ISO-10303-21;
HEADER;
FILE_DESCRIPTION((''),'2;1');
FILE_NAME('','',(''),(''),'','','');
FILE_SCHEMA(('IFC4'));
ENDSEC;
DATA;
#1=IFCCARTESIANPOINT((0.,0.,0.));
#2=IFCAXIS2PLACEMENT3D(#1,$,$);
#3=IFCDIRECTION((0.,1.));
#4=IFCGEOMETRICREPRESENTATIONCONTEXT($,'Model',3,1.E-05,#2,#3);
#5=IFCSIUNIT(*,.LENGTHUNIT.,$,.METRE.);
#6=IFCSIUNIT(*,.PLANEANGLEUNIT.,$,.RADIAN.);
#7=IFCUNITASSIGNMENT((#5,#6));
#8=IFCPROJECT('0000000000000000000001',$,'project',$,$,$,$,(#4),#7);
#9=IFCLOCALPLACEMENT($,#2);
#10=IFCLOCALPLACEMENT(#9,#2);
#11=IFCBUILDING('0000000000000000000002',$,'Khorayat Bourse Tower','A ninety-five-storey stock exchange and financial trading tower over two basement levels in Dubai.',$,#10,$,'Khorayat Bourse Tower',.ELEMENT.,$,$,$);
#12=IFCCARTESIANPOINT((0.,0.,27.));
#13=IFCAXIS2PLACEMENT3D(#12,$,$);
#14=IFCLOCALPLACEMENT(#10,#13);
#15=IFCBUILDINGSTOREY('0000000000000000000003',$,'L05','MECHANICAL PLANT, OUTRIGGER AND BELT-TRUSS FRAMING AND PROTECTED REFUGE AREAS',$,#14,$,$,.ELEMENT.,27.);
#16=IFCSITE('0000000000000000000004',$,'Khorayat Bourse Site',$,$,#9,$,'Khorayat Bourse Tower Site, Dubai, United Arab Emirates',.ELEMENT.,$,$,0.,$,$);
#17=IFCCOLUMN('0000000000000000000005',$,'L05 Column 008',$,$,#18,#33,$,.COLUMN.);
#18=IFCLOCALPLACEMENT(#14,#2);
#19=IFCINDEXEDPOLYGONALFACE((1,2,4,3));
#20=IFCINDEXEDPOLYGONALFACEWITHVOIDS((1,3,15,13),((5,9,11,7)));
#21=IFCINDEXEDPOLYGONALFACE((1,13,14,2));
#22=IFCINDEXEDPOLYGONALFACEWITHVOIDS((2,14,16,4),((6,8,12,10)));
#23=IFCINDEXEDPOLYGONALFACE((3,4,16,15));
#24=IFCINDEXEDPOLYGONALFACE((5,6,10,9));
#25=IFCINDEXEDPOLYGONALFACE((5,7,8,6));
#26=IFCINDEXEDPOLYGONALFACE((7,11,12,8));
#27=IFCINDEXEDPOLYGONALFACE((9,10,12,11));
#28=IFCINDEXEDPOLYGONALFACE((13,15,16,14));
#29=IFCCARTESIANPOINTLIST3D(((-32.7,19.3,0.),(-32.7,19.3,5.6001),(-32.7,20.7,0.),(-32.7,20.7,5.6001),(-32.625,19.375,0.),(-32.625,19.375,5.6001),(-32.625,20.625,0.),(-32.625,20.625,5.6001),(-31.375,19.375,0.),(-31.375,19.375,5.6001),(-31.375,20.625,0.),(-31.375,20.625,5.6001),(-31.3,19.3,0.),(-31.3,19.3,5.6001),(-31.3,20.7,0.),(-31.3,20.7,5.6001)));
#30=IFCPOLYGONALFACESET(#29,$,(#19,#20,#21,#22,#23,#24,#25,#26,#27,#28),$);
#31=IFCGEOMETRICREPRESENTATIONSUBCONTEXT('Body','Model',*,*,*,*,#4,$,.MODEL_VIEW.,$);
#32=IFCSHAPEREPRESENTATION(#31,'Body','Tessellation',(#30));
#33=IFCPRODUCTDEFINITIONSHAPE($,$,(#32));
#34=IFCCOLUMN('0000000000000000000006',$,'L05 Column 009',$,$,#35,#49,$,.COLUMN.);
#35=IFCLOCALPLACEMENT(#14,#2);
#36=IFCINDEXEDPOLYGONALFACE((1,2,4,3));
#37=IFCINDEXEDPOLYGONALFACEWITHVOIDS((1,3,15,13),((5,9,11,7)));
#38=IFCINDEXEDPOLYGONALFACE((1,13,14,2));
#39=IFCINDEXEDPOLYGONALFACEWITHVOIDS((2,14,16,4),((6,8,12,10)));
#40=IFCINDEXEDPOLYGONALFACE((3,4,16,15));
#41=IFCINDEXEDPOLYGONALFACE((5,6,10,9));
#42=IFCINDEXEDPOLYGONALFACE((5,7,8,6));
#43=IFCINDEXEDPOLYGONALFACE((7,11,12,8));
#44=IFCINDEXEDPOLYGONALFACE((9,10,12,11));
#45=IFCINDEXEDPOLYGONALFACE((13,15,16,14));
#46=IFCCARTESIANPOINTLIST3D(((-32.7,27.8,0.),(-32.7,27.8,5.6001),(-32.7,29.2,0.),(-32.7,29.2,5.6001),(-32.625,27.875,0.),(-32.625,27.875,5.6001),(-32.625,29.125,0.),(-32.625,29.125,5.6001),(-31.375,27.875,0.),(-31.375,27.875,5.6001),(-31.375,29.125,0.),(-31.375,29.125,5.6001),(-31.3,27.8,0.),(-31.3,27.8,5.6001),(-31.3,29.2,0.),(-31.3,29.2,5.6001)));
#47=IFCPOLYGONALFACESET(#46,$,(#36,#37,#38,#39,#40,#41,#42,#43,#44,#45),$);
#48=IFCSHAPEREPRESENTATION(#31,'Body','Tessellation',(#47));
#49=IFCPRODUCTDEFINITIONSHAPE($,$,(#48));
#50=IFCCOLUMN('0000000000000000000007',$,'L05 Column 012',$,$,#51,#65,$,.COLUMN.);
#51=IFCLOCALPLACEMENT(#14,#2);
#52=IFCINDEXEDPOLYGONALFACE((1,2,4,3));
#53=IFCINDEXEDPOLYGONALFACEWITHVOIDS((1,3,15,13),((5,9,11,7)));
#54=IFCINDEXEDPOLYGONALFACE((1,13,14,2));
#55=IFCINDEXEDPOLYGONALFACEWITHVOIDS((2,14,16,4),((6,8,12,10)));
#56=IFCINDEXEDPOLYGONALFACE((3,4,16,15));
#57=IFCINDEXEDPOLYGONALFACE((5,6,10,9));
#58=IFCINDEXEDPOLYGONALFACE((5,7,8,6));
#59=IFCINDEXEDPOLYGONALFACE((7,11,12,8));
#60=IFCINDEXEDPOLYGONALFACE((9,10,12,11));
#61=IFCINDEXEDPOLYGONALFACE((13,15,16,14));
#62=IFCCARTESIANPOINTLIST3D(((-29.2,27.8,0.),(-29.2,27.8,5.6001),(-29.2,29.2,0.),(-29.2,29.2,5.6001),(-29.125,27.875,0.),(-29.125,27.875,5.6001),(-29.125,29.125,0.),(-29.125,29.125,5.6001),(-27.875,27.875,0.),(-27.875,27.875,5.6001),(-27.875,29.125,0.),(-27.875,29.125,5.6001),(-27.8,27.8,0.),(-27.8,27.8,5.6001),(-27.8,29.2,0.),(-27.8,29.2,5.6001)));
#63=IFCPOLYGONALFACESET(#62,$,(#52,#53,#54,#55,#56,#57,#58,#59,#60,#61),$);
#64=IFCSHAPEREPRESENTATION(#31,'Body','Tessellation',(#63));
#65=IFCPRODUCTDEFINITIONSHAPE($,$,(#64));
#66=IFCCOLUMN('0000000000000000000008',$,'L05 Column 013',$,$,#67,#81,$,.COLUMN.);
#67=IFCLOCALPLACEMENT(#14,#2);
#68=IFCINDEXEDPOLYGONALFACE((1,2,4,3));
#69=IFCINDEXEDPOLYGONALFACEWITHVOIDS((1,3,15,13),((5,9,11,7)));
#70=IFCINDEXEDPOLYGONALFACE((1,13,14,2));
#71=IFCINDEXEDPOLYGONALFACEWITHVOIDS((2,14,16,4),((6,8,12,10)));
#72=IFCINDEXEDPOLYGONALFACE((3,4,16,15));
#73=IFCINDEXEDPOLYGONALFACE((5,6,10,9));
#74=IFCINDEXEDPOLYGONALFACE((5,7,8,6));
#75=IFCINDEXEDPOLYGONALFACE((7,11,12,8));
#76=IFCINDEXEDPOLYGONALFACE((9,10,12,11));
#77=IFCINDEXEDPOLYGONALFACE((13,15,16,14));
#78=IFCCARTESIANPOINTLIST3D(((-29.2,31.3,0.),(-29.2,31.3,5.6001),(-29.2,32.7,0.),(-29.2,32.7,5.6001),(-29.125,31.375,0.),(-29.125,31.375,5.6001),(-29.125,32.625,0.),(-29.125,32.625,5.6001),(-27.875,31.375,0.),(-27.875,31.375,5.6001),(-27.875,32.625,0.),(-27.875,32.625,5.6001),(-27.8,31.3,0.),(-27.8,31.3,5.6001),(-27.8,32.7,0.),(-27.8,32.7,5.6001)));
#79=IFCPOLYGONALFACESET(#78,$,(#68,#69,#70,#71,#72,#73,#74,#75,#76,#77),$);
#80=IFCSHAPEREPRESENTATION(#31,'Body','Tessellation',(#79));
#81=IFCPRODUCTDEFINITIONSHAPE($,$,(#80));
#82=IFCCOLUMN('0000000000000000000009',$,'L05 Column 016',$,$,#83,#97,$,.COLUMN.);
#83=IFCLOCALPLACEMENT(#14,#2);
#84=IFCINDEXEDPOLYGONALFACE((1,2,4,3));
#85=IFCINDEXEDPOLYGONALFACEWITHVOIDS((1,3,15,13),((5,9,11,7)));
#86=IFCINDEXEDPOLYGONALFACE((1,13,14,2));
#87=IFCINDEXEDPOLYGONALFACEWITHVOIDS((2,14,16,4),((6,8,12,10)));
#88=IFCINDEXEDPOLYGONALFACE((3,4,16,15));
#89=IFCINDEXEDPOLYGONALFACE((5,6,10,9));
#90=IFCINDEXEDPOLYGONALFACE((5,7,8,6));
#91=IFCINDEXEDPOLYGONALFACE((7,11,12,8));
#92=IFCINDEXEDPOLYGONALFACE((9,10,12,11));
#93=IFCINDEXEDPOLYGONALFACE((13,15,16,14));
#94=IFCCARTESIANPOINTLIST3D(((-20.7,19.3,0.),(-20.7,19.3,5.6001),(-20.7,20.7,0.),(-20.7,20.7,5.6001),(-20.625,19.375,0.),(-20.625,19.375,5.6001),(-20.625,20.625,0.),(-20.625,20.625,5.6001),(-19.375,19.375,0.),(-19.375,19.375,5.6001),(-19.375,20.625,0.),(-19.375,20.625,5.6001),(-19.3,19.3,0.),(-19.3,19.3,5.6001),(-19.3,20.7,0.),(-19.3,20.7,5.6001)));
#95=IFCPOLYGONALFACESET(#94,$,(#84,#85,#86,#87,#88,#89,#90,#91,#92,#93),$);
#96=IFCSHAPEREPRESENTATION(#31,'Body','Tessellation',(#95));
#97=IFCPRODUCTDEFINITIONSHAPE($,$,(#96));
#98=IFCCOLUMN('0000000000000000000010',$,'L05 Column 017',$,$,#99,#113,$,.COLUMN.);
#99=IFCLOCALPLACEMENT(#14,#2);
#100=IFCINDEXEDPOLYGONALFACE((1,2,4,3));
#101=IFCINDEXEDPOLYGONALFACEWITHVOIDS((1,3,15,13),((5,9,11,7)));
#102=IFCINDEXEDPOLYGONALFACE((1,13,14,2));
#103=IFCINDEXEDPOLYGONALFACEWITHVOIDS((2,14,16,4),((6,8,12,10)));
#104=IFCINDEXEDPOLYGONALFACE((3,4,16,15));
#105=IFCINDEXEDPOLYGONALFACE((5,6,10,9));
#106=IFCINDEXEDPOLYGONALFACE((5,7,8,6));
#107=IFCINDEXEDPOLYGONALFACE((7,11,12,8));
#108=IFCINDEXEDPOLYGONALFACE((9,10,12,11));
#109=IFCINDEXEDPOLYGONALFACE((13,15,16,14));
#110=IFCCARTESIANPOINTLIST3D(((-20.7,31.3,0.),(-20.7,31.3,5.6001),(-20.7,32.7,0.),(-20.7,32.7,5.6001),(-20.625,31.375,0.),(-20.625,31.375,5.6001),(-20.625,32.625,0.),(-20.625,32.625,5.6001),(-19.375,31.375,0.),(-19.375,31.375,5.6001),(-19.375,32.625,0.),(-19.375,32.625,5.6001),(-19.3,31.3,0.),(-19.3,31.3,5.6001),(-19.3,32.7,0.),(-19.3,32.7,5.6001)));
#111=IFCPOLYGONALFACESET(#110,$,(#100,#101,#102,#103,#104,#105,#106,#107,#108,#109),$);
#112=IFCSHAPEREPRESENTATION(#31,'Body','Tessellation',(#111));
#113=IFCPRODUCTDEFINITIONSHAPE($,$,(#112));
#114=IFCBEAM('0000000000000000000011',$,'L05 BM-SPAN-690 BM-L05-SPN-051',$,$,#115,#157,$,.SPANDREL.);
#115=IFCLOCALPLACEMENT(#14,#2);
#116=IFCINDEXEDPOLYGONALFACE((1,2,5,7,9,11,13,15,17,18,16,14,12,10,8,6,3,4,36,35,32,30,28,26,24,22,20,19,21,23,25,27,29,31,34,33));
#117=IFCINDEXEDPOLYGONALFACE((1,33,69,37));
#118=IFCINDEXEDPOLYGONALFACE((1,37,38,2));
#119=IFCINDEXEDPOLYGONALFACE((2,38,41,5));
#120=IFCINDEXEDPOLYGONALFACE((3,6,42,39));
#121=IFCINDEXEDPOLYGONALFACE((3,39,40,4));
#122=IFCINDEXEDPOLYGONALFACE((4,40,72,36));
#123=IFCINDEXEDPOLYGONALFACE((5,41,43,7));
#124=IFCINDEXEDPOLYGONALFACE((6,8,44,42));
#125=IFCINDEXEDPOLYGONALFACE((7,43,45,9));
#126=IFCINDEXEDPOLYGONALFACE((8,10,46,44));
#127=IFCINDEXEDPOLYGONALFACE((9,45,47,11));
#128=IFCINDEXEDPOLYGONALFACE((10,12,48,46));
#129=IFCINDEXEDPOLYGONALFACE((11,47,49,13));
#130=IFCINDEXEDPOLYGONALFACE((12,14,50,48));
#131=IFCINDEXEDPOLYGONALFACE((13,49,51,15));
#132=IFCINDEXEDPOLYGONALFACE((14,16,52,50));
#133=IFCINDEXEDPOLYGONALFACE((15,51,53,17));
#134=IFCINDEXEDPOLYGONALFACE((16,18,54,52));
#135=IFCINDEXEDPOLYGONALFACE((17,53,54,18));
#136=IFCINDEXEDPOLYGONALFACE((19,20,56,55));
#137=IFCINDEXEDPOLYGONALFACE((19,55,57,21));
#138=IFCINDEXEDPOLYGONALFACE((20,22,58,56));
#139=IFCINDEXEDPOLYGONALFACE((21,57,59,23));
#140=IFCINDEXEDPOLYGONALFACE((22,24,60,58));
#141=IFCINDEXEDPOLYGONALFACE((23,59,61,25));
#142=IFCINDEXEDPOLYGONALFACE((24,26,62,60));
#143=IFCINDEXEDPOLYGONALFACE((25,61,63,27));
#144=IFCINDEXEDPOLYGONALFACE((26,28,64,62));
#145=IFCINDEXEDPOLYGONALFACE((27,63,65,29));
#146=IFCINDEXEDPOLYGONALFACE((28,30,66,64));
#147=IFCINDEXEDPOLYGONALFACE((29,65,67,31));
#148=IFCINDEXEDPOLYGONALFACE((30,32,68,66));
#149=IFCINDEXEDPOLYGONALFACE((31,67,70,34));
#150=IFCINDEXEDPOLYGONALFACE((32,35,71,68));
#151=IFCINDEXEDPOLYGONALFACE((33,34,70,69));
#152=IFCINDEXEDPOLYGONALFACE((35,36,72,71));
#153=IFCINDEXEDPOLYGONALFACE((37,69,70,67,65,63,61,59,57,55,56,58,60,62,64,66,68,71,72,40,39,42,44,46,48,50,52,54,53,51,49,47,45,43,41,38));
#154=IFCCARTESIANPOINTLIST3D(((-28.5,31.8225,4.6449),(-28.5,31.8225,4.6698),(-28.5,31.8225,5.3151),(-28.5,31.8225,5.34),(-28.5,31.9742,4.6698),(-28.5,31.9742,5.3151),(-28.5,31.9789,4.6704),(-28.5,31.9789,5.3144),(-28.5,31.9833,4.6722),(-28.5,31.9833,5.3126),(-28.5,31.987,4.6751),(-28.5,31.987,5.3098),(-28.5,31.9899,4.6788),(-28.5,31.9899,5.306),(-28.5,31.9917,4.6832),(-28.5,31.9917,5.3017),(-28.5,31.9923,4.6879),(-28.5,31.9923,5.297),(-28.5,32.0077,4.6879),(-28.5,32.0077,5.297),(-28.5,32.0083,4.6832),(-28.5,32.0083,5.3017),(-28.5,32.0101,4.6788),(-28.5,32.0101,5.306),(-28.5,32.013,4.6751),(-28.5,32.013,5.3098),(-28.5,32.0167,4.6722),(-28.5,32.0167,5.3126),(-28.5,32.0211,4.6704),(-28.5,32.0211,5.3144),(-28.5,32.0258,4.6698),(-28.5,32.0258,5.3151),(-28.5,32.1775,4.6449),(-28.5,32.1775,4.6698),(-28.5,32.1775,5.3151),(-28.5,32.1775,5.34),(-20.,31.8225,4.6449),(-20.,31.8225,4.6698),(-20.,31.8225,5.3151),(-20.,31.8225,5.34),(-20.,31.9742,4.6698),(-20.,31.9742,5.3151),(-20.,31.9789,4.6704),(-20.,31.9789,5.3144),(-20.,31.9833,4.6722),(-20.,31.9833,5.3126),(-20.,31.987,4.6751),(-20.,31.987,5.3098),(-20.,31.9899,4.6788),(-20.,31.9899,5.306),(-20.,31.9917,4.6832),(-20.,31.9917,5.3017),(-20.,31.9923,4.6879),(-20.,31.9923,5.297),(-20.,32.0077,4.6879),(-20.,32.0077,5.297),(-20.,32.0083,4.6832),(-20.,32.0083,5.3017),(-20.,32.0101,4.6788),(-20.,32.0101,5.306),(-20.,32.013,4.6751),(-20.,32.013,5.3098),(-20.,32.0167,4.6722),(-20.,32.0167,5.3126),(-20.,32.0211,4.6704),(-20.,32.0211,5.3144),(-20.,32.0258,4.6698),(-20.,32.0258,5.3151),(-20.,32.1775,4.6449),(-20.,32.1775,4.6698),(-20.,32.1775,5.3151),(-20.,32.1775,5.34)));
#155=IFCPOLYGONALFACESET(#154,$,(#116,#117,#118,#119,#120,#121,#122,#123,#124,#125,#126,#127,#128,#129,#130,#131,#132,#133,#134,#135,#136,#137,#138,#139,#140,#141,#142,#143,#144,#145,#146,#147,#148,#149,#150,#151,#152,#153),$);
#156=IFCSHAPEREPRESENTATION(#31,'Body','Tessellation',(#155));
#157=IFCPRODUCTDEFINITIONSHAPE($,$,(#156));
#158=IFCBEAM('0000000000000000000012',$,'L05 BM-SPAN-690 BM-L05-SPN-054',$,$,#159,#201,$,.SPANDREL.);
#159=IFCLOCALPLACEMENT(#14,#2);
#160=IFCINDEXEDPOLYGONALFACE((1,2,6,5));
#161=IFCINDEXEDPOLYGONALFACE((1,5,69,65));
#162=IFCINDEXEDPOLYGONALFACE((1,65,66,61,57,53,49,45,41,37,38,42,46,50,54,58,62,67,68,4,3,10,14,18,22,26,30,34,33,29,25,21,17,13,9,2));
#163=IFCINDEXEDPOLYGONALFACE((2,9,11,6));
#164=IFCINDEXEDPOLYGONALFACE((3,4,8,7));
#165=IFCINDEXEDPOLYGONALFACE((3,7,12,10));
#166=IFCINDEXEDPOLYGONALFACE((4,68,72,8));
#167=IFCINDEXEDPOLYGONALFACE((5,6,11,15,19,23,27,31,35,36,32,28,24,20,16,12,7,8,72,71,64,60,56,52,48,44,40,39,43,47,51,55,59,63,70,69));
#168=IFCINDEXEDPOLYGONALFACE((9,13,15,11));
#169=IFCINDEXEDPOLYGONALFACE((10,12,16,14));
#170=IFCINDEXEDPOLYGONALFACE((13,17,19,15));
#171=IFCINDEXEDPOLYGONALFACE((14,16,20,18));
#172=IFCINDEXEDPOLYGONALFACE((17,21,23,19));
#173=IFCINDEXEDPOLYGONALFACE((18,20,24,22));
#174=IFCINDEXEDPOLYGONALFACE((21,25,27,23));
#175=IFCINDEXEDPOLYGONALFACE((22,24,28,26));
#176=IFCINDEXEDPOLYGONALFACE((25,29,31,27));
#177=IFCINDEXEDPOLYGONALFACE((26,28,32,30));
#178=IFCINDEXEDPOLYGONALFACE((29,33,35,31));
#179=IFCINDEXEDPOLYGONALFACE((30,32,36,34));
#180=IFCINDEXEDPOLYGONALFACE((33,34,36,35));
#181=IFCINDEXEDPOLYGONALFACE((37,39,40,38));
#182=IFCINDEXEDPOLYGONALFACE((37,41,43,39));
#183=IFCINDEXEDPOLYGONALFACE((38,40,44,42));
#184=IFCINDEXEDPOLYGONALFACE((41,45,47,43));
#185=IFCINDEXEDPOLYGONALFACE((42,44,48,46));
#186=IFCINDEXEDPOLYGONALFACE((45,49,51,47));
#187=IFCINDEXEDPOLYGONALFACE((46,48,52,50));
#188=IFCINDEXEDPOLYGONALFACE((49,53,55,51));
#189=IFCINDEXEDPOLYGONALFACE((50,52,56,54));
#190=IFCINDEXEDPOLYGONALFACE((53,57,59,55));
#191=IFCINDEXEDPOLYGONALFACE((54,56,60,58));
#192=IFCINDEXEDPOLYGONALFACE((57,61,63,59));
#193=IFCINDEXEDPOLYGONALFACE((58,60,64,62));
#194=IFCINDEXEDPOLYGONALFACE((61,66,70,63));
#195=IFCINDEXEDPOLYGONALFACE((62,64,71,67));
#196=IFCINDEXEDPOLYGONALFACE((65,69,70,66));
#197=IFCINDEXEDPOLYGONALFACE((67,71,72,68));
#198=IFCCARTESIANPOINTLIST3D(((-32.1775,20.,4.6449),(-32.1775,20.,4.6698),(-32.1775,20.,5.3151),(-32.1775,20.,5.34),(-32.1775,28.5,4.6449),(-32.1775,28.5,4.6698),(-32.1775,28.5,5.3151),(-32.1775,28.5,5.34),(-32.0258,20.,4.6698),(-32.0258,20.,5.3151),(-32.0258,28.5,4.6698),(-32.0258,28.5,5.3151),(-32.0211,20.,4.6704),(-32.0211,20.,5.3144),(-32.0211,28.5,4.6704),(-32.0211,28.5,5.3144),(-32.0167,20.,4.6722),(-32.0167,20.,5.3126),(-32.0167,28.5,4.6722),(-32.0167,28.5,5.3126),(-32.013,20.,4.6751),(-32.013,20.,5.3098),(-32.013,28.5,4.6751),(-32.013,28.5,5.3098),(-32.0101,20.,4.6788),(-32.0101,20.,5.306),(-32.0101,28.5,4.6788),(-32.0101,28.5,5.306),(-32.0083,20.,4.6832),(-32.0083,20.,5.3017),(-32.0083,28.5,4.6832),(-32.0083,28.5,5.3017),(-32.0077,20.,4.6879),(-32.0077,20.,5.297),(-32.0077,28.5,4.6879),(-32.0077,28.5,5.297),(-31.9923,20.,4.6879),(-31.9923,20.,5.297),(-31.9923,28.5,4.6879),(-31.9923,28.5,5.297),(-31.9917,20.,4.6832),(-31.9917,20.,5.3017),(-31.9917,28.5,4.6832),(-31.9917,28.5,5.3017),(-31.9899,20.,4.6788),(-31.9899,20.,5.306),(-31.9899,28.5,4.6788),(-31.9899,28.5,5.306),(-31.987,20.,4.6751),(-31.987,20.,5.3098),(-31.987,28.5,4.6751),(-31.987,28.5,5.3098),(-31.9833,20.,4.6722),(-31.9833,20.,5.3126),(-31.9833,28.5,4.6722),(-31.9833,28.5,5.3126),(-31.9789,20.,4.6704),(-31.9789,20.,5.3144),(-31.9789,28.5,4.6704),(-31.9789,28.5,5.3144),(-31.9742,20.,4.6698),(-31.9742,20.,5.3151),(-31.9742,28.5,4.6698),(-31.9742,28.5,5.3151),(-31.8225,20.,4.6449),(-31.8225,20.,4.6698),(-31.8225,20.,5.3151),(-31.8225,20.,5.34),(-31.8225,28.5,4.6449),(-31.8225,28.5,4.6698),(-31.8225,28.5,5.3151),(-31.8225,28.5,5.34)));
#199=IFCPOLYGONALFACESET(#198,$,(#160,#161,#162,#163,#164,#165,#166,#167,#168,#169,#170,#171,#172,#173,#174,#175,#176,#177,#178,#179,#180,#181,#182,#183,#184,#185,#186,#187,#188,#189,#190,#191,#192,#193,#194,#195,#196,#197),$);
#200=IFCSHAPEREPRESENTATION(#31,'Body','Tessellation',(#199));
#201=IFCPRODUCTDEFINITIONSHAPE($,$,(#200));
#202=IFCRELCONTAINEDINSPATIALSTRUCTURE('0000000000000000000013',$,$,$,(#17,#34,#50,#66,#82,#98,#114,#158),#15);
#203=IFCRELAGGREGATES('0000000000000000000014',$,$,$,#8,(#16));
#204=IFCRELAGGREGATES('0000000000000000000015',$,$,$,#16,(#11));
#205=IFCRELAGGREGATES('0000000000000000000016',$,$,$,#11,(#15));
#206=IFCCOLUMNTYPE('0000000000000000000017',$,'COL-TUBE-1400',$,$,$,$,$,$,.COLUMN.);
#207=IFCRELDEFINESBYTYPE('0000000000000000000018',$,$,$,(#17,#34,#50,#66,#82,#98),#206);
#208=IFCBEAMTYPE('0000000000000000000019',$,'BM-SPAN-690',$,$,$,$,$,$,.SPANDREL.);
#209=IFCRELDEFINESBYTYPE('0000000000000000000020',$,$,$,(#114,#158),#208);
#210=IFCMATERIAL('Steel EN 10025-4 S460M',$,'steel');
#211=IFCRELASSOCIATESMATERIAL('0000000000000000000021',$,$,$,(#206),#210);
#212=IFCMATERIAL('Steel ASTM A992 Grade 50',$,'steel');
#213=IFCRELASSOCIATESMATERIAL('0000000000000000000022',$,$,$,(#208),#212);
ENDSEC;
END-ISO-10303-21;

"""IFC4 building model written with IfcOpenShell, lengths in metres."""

from ifc_helpers import new_model, si_unit, direction, frame, origin, origin_2d, place, context, subcontext, project, spatial, hollow_rectangle, i_section, extrude, source, transform, mapped, material, material_profile, profile_set, type_object, element, save


model = new_model("IFC4")

# Units and contexts
model_context = context("Model", 3, precision=1e-05, world=origin(), true_north=direction((0.0, 1.0)))
body_context = subcontext(model_context, "Body", "Model", "MODEL_VIEW")
ifc_project = project(units=[si_unit("LENGTHUNIT", "METRE"), si_unit("PLANEANGLEUNIT", "RADIAN")], contexts=[model_context])

# Site, building, storey
site_placement = place(None, origin())
site = spatial("IfcSite", under=ifc_project, at=site_placement, Name="Khorayat Bourse Site", LongName="Khorayat Bourse Tower Site, Dubai, United Arab Emirates", CompositionType="ELEMENT", RefElevation=0.0)
building_placement = place(site_placement, origin())
building = spatial("IfcBuilding", under=site, at=building_placement, Name="Khorayat Bourse Tower", Description="A ninety-five-storey stock exchange and financial trading tower over two basement levels in Dubai.", LongName="Khorayat Bourse Tower", CompositionType="ELEMENT")
storey_placement = place(building_placement, frame((0.0, 0.0, 27.0)))
storey = spatial("IfcBuildingStorey", under=building, at=storey_placement, Name="L05", Description="MECHANICAL PLANT, OUTRIGGER AND BELT-TRUSS FRAMING AND PROTECTED REFUGE AREAS", CompositionType="ELEMENT", Elevation=27.0)

# Columns
ifc_material_1 = material(Name="Steel EN 10025-4 S460M", Category="steel")
ifc_material_profile_1 = material_profile(ifc_material_1, hollow_rectangle(XDim=1.3999, YDim=1.3999, WallThickness=0.075, at=origin_2d()), Name="BOX 1400x1400x75")
ifc_profile_set_1 = profile_set([ifc_material_profile_1], Name="Steel EN 10025-4 S460M")
column_type = type_object("IfcColumnType", Name="COL-TUBE-1400", PredefinedType="COLUMN", material=ifc_profile_set_1)
shared_shape_1 = source(origin(), body_context, "Body", "SweptSolid", [
    extrude(hollow_rectangle(XDim=1.3999, YDim=1.3999, WallThickness=0.075, at=origin_2d()), origin(), (0.0, 0.0, 1.0), 5.6001),
])
for number, where, z_axis, x_axis, name in (
    (1, (-32.0, 20.0, 0.0), (0.0, 0.0, 1.0), (1.0, 0.0, 0.0), "L05 Column 008"),
    (2, (-32.0, 28.5, 0.0), (0.0, 0.0, 1.0), (1.0, 0.0, 0.0), "L05 Column 009"),
    (3, (-28.5, 28.5, 0.0), (0.0, 0.0, 1.0), (1.0, 0.0, 0.0), "L05 Column 012"),
    (4, (-28.5, 32.0, 0.0), (0.0, 0.0, 1.0), (1.0, 0.0, 0.0), "L05 Column 013"),
    (5, (-20.0, 20.0, 0.0), (0.0, 0.0, 1.0), (1.0, 0.0, 0.0), "L05 Column 016"),
    (6, (-20.0, 32.0, 0.0), (0.0, 0.0, 1.0), (1.0, 0.0, 0.0), "L05 Column 017"),
):
    element("IfcColumn", number, at=place(storey_placement, frame(where, z_axis=z_axis, x_axis=x_axis)), inside=storey, type_object=column_type, Name=name, PredefinedType="COLUMN", context=body_context, shape_type="MappedRepresentation", body=[
        mapped(shared_shape_1, transform((0.0, 0.0, 0.0), scale=1.0)),
    ])

# Beams
ifc_material_2 = material(Name="Steel ASTM A992 Grade 50", Category="steel")
ifc_material_profile_2 = material_profile(ifc_material_2, i_section(OverallWidth=0.355, OverallDepth=0.6951, WebThickness=0.0154, FlangeThickness=0.0249, FilletRadius=0.0181, at=origin_2d()), Name="W690X217")
ifc_profile_set_2 = profile_set([ifc_material_profile_2], Name="Steel ASTM A992 Grade 50")
beam_type_1 = type_object("IfcBeamType", Name="BM-SPAN-690", PredefinedType="SPANDREL", material=ifc_profile_set_2)
shared_shape_2 = source(origin(), body_context, "Body", "SweptSolid", [
    extrude(i_section(OverallWidth=0.355, OverallDepth=0.6951, WebThickness=0.0154, FlangeThickness=0.0249, FilletRadius=0.0181, at=origin_2d()), origin(), (0.0, 0.0, 1.0), 8.5),
])
for number, where, z_axis, x_axis, name in (
    (7, (-28.5, 32.0, 4.9924), (1.0, 0.0, 0.0), (0.0, 1.0, 0.0), "L05 BM-SPAN-690 BM-L05-SPN-051"),
    (8, (-32.0, 20.0, 4.9924), (0.0, 1.0, 0.0), (-1.0, 0.0, 0.0), "L05 BM-SPAN-690 BM-L05-SPN-054"),
):
    element("IfcBeam", number, at=place(storey_placement, frame(where, z_axis=z_axis, x_axis=x_axis)), inside=storey, type_object=beam_type_1, Name=name, PredefinedType="SPANDREL", context=body_context, shape_type="MappedRepresentation", body=[
        mapped(shared_shape_2, transform((0.0, 0.0, 0.0), scale=1.0)),
    ])

save(model, "model.ifc")
